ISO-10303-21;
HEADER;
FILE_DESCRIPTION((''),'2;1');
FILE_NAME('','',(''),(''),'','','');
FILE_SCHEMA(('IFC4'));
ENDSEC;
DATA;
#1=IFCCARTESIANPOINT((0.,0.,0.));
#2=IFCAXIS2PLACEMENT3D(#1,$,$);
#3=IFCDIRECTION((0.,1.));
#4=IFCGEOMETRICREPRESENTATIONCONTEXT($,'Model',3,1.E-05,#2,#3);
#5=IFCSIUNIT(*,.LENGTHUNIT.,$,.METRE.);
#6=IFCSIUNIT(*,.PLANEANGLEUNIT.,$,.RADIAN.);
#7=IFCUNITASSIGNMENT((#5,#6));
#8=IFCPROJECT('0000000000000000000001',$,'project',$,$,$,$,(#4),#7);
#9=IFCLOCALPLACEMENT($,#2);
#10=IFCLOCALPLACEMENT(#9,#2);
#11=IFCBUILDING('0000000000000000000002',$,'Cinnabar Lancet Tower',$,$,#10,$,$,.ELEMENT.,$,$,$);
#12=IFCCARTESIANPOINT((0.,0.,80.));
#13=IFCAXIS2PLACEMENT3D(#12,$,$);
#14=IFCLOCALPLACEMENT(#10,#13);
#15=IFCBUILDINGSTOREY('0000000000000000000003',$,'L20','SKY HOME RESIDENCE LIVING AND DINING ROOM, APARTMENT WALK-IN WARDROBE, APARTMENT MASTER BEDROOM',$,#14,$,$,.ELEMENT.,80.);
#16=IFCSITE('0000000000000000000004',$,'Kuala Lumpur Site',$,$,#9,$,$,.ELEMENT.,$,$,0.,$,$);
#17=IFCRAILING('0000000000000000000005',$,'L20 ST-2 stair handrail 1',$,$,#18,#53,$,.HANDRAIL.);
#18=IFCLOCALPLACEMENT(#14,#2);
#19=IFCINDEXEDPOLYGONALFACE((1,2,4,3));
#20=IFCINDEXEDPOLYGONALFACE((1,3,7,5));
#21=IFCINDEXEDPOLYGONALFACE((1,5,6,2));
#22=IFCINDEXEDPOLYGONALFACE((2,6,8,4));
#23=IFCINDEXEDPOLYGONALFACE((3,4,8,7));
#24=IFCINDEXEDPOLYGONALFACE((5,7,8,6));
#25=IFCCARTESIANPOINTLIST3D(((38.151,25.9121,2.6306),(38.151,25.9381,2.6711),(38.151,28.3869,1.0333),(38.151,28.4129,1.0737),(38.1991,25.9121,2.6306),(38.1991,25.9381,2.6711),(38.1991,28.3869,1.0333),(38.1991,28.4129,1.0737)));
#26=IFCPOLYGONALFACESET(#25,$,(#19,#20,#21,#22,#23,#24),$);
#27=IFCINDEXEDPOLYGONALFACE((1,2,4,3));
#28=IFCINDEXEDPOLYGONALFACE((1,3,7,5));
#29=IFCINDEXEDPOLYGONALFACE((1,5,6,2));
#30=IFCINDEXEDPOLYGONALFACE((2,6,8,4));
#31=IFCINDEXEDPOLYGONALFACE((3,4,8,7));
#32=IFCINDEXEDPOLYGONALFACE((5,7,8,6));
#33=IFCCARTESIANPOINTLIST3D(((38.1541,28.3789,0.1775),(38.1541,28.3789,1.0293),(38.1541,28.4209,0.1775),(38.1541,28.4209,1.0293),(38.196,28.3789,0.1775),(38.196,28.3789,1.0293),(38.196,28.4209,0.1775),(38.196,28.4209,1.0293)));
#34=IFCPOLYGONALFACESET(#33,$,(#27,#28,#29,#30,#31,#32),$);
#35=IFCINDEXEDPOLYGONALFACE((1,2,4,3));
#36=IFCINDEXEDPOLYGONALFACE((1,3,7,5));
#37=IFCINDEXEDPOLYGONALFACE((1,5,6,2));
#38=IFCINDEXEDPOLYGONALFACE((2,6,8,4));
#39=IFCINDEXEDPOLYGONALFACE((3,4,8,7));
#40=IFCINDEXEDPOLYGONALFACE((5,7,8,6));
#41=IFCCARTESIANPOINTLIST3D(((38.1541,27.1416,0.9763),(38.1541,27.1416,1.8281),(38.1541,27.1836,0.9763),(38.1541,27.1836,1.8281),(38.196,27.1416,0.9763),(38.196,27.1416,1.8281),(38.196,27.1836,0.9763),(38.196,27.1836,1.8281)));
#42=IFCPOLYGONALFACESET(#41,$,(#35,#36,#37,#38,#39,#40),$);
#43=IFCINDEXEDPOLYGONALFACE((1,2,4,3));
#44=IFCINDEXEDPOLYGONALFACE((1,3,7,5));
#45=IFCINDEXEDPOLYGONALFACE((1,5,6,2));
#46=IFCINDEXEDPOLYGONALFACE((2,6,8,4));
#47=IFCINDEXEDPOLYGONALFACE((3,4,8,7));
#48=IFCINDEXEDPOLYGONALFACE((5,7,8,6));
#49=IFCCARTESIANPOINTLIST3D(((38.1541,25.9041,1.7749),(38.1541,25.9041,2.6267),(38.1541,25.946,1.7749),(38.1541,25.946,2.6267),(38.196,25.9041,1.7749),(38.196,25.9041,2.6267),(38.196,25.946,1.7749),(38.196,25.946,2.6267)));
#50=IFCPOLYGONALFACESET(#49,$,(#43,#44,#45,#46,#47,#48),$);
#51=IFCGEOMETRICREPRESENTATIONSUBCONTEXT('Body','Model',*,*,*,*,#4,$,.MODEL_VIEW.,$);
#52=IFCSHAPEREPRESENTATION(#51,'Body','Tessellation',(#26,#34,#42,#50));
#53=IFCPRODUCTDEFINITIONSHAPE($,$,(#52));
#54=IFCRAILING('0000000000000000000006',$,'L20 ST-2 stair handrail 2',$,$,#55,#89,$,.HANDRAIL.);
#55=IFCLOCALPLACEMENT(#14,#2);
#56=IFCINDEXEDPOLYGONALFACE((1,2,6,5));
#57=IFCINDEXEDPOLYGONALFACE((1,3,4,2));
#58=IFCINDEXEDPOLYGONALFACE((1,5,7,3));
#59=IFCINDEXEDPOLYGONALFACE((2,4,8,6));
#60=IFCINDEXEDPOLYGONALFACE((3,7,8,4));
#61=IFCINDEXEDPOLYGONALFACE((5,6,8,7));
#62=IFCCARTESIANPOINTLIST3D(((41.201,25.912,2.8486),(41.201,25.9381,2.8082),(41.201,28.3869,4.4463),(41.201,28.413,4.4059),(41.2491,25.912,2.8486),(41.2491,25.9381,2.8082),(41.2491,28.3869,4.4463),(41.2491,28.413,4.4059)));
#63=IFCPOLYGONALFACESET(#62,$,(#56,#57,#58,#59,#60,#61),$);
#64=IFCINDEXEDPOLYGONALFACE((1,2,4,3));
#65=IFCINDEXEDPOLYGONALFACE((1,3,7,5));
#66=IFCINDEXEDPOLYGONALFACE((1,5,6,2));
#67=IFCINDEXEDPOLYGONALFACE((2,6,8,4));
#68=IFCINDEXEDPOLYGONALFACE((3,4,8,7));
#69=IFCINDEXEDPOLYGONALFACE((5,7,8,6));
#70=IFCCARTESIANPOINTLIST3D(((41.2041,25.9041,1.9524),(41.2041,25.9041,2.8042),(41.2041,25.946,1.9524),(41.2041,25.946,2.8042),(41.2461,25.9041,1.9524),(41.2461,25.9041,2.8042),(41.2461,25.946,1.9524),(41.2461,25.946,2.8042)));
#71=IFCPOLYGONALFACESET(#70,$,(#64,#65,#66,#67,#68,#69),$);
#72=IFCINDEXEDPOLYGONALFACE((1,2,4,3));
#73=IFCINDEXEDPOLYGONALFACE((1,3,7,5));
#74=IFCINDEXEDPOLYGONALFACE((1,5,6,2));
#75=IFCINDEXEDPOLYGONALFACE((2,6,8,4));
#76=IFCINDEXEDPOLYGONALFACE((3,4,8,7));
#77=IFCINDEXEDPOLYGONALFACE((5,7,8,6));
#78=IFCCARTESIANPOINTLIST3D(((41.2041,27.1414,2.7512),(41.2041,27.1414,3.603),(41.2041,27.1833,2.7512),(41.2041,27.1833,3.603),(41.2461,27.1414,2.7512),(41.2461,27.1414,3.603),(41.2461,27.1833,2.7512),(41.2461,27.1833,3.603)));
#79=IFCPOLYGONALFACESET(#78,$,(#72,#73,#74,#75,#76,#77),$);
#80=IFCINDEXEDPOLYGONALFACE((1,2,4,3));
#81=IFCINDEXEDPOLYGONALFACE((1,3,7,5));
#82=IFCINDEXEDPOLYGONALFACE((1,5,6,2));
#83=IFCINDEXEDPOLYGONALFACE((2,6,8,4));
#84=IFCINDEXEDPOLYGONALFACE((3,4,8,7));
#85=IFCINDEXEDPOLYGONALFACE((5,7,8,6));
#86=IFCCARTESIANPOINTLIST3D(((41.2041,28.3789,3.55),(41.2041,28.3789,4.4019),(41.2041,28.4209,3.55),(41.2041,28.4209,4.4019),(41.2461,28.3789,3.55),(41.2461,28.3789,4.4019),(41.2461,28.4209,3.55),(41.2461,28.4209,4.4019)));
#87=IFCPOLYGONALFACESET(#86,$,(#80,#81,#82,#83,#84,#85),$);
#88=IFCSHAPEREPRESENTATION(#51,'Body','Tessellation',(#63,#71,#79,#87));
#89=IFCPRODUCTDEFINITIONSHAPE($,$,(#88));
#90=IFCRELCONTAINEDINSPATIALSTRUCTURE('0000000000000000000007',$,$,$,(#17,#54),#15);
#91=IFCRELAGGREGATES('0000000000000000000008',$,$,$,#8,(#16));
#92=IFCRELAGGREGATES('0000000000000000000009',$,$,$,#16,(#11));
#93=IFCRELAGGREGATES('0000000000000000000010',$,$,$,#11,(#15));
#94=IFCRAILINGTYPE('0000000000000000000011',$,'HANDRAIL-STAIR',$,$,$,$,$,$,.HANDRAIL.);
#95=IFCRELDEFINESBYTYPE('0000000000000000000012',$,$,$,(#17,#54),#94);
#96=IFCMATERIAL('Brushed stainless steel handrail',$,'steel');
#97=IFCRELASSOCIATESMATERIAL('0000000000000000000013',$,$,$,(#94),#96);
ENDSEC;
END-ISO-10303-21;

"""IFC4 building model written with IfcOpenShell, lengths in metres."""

from ifc_helpers import new_model, si_unit, direction, frame, origin, origin_2d, place, context, subcontext, project, spatial, rectangle, extrude, material, type_object, element, save


model = new_model("IFC4")

# Units and contexts
model_context = context("Model", 3, precision=1e-05, world=origin(), true_north=direction((0.0, 1.0)))
body_context = subcontext(model_context, "Body", "Model", "MODEL_VIEW")
ifc_project = project(units=[si_unit("LENGTHUNIT", "METRE"), si_unit("PLANEANGLEUNIT", "RADIAN")], contexts=[model_context])

# Site, building, storey
site_placement = place(None, origin())
site = spatial("IfcSite", under=ifc_project, at=site_placement, Name="Kuala Lumpur Site", CompositionType="ELEMENT", RefElevation=0.0)
building_placement = place(site_placement, origin())
building = spatial("IfcBuilding", under=site, at=building_placement, Name="Cinnabar Lancet Tower", CompositionType="ELEMENT")
storey_placement = place(building_placement, frame((0.0, 0.0, 80.0)))
storey = spatial("IfcBuildingStorey", under=building, at=storey_placement, Name="L20", Description="SKY HOME RESIDENCE LIVING AND DINING ROOM, APARTMENT WALK-IN WARDROBE, APARTMENT MASTER BEDROOM", CompositionType="ELEMENT", Elevation=80.0)

# Railings
ifc_material_1 = material(Name="Brushed stainless steel handrail", Category="steel")
railing_type_1 = type_object("IfcRailingType", Name="HANDRAIL-STAIR", PredefinedType="HANDRAIL", material=ifc_material_1)
railing_1_placement = place(storey_placement, frame((38.175, 28.3999, 0.1775)))
element("IfcRailing", 1, at=railing_1_placement, inside=storey, type_object=railing_type_1, Name="L20 ST-2 stair handrail 1", PredefinedType="HANDRAIL", context=body_context, shape_type="SweptSolid", body=[
    extrude(rectangle(XDim=0.0481, YDim=0.0481, at=origin_2d()), frame((0.0, 0.0, 0.876), z_axis=(0.0, -0.840183, 0.542302), x_axis=(1.0, 0.0, 0.0)), (0.0, 0.0, 1.0), 2.9456),
    extrude(rectangle(XDim=0.042, YDim=0.042, at=origin_2d()), origin(), (0.0, 0.0, 1.0), 0.8518),
    extrude(rectangle(XDim=0.042, YDim=0.042, at=origin_2d()), frame((0.0, -1.2373, 0.7988)), (0.0, 0.0, 1.0), 0.8518),
    extrude(rectangle(XDim=0.042, YDim=0.042, at=origin_2d()), frame((0.0, -2.4749, 1.5974)), (0.0, 0.0, 1.0), 0.8518),
])
railing_2_placement = place(storey_placement, frame((41.2251, 25.925, 1.9524)))
element("IfcRailing", 2, at=railing_2_placement, inside=storey, type_object=railing_type_1, Name="L20 ST-2 stair handrail 2", PredefinedType="HANDRAIL", context=body_context, shape_type="SweptSolid", body=[
    extrude(rectangle(XDim=0.0481, YDim=0.0481, at=origin_2d()), frame((0.0, 0.0, 0.876), z_axis=(0.0, 0.840146, 0.542361), x_axis=(-1.0, 0.0, 0.0)), (0.0, 0.0, 1.0), 2.9458),
    extrude(rectangle(XDim=0.042, YDim=0.042, at=origin_2d()), origin(), (0.0, 0.0, 1.0), 0.8518),
    extrude(rectangle(XDim=0.042, YDim=0.042, at=origin_2d()), frame((0.0, 1.2373, 0.7988)), (0.0, 0.0, 1.0), 0.8518),
    extrude(rectangle(XDim=0.042, YDim=0.042, at=origin_2d()), frame((0.0, 2.4749, 1.5977)), (0.0, 0.0, 1.0), 0.8518),
])

save(model, "model.ifc")
